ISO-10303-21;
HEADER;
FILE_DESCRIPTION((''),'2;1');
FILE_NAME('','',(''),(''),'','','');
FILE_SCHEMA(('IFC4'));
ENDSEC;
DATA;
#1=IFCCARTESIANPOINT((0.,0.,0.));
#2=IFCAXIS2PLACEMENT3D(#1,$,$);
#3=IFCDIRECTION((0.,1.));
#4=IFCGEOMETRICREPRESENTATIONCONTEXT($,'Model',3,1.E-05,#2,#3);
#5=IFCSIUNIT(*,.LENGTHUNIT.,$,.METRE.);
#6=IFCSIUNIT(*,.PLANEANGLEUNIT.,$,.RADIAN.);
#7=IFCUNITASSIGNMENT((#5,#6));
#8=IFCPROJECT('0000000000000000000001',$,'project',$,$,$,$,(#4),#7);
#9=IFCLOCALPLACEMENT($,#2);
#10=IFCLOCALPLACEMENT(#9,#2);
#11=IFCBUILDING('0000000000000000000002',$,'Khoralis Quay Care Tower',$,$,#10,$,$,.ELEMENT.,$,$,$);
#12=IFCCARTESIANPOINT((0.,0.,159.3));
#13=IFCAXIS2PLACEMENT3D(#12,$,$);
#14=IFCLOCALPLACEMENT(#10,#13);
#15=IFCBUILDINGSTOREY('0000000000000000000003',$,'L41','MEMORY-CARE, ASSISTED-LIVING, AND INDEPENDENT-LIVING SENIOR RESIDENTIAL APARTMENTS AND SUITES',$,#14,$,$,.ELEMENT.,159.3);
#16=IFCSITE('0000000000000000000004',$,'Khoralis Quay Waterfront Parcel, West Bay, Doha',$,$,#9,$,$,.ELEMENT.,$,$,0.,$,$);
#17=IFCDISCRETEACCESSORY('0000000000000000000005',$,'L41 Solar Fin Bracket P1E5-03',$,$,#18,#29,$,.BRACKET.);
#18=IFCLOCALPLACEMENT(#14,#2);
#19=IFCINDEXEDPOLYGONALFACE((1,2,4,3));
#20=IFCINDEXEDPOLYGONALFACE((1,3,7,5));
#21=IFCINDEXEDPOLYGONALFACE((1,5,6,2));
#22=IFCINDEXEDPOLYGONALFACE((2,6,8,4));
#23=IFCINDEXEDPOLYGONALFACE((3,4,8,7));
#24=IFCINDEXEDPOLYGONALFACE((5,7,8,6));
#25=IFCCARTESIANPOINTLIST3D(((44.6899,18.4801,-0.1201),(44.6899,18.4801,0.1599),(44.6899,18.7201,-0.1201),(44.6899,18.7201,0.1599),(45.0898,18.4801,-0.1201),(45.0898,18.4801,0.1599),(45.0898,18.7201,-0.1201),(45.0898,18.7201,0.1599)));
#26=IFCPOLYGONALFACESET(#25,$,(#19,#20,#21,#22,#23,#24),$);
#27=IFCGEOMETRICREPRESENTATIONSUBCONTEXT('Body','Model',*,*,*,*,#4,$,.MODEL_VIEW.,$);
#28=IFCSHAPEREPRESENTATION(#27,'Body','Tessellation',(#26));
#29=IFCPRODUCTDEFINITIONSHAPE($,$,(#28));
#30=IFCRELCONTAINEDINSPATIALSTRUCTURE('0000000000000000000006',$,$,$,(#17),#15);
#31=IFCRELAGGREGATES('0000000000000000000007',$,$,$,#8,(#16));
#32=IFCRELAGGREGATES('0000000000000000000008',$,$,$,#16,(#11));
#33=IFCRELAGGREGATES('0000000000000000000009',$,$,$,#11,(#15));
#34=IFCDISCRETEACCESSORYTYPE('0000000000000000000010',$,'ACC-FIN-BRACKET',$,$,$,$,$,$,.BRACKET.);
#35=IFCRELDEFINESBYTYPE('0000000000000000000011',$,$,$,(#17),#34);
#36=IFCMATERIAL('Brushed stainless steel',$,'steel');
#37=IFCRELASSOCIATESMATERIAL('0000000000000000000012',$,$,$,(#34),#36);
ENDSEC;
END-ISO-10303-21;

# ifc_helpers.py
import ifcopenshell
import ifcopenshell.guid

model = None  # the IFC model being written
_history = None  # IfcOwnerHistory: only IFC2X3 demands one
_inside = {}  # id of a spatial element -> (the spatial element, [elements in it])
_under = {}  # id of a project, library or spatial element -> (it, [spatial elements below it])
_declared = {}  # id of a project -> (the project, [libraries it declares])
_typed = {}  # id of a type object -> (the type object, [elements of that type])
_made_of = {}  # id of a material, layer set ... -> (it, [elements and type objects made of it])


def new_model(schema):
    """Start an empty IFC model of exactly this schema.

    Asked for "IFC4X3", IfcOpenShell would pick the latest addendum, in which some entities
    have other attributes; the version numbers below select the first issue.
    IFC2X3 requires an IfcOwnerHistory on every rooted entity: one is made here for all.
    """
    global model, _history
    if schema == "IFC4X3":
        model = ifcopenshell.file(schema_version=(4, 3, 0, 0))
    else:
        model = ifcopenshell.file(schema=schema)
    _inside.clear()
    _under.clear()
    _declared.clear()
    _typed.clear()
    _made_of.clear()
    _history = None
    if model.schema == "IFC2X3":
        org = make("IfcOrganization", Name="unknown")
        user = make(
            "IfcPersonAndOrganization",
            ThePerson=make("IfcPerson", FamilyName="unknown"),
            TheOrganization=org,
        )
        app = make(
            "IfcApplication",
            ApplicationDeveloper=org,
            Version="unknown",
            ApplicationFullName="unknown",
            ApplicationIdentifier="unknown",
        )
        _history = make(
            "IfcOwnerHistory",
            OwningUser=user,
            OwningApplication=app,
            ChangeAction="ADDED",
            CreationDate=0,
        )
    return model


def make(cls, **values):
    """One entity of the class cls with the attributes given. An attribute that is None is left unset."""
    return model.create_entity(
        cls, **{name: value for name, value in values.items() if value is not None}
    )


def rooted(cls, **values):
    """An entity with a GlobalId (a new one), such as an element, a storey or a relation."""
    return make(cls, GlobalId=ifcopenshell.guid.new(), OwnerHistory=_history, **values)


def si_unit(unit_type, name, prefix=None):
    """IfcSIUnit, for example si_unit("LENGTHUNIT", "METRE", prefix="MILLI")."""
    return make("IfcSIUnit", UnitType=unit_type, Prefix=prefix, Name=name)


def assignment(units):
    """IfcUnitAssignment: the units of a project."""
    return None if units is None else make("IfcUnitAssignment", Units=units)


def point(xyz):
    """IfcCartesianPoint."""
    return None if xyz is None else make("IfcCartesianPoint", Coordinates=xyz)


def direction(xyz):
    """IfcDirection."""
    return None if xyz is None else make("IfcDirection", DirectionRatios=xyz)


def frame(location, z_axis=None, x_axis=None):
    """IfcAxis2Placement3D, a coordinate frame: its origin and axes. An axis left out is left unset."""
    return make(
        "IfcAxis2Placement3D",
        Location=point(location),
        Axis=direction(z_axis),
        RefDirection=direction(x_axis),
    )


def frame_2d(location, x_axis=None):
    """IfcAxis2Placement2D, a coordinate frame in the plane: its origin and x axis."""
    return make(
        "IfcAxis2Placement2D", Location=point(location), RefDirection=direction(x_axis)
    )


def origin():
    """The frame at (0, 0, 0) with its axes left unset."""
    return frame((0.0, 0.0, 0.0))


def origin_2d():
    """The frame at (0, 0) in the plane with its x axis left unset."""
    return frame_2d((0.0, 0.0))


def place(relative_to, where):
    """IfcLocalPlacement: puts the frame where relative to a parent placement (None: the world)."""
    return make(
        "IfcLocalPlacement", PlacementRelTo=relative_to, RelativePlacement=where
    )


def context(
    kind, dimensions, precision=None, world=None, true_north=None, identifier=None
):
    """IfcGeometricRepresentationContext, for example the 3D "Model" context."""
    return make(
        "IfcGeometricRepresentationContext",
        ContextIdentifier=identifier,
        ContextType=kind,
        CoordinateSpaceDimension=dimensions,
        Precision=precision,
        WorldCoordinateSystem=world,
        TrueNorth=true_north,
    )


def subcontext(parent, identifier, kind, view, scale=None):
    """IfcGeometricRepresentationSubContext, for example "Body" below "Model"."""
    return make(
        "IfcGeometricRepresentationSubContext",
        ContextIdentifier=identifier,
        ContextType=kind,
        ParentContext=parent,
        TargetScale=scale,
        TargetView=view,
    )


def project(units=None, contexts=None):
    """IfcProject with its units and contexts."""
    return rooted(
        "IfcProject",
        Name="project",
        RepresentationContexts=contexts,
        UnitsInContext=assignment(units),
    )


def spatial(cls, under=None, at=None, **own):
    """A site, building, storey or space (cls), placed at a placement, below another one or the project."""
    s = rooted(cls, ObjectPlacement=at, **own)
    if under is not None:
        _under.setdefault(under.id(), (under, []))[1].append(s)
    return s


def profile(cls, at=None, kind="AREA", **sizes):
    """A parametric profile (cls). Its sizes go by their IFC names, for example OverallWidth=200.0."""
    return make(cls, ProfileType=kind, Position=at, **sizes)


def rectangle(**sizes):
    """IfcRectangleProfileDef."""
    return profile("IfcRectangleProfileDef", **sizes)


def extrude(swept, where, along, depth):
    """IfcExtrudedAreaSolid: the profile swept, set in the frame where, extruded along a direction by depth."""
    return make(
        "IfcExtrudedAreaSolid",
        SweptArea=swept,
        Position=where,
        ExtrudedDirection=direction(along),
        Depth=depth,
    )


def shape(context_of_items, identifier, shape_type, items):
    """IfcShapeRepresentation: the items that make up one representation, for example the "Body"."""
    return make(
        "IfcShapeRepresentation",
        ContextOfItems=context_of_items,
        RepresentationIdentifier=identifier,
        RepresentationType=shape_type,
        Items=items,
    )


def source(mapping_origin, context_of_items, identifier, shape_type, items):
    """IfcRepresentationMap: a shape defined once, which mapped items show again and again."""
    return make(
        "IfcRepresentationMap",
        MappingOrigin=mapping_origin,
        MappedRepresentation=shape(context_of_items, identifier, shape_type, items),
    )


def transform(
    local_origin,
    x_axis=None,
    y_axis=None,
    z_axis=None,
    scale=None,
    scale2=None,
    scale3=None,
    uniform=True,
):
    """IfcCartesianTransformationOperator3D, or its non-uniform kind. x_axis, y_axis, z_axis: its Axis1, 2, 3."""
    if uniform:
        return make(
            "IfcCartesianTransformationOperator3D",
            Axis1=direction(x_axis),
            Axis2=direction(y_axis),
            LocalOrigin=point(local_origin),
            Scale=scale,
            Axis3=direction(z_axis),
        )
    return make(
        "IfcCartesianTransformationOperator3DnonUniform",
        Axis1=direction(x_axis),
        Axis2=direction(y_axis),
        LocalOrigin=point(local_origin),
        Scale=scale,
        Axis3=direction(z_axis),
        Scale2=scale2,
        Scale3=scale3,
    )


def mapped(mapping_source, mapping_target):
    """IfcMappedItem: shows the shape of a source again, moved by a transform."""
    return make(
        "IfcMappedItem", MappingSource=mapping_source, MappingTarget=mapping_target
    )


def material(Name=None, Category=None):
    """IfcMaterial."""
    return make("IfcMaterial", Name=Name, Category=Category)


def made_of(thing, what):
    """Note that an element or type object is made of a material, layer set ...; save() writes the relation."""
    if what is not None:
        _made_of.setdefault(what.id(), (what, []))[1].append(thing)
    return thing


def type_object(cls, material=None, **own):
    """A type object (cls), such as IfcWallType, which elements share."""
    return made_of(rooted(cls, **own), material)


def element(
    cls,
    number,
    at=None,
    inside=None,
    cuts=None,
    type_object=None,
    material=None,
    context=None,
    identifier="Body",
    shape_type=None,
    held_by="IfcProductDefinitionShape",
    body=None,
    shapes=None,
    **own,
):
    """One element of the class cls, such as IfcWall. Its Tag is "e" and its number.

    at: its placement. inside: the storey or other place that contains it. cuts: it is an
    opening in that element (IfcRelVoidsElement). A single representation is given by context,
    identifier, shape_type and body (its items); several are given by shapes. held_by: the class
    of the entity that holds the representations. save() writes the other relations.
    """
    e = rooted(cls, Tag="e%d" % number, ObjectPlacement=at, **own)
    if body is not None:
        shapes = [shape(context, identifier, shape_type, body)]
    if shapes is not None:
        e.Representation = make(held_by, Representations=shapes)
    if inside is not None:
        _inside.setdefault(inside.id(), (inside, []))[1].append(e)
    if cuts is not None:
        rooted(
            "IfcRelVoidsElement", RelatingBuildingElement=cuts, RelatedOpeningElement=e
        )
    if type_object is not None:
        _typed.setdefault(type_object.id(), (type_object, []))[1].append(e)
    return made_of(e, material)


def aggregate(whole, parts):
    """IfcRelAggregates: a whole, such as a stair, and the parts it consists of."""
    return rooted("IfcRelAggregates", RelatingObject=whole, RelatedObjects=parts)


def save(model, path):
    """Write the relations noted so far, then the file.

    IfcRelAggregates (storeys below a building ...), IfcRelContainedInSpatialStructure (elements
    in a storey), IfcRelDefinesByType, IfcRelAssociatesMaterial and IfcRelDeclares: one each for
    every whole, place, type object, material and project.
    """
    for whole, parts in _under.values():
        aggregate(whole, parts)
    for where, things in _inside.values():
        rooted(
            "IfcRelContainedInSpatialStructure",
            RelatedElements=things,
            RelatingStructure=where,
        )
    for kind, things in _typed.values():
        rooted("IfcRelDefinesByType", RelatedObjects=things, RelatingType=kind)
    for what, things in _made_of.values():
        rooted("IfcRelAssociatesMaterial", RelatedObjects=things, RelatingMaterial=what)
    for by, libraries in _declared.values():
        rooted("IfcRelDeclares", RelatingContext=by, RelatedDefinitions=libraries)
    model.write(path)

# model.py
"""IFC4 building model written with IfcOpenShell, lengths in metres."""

from ifc_helpers import new_model, si_unit, direction, frame, origin, origin_2d, place, context, subcontext, project, spatial, rectangle, extrude, source, transform, mapped, material, type_object, element, save


model = new_model("IFC4")

# Units and contexts
model_context = context("Model", 3, precision=1e-05, world=origin(), true_north=direction((0.0, 1.0)))
body_context = subcontext(model_context, "Body", "Model", "MODEL_VIEW")
ifc_project = project(units=[si_unit("LENGTHUNIT", "METRE"), si_unit("PLANEANGLEUNIT", "RADIAN")], contexts=[model_context])

# Site, building, storey
site_placement = place(None, origin())
site = spatial("IfcSite", under=ifc_project, at=site_placement, Name="Khoralis Quay Waterfront Parcel, West Bay, Doha", CompositionType="ELEMENT", RefElevation=0.0)
building_placement = place(site_placement, origin())
building = spatial("IfcBuilding", under=site, at=building_placement, Name="Khoralis Quay Care Tower", CompositionType="ELEMENT")
storey_placement = place(building_placement, frame((0.0, 0.0, 159.3)))
storey = spatial("IfcBuildingStorey", under=building, at=storey_placement, Name="L41", Description="MEMORY-CARE, ASSISTED-LIVING, AND INDEPENDENT-LIVING SENIOR RESIDENTIAL APARTMENTS AND SUITES", CompositionType="ELEMENT", Elevation=159.3)

# Shared definitions
ifc_material_1 = material(Name="Brushed stainless steel", Category="steel")

# Discrete accessory
discrete_accessory_type = type_object("IfcDiscreteAccessoryType", Name="ACC-FIN-BRACKET", PredefinedType="BRACKET", material=ifc_material_1)
shared_shape_1 = source(origin(), body_context, "Body", "SweptSolid", [
    extrude(rectangle(XDim=0.3999, YDim=0.24, at=origin_2d()), origin(), (0.0, 0.0, 1.0), 0.28),
])
for number, where, z_axis, x_axis, name in (
    (1, (44.8899, 18.6001, -0.1201), (0.0, 0.0, 1.0), (1.0, 0.0, 0.0), "L41 Solar Fin Bracket P1E5-03"),
):
    element("IfcDiscreteAccessory", number, at=place(storey_placement, frame(where, z_axis=z_axis, x_axis=x_axis)), inside=storey, type_object=discrete_accessory_type, Name=name, PredefinedType="BRACKET", context=body_context, shape_type="MappedRepresentation", body=[
        mapped(shared_shape_1, transform((0.0, 0.0, 0.0), scale=1.0)),
    ])

save(model, "model.ifc")
